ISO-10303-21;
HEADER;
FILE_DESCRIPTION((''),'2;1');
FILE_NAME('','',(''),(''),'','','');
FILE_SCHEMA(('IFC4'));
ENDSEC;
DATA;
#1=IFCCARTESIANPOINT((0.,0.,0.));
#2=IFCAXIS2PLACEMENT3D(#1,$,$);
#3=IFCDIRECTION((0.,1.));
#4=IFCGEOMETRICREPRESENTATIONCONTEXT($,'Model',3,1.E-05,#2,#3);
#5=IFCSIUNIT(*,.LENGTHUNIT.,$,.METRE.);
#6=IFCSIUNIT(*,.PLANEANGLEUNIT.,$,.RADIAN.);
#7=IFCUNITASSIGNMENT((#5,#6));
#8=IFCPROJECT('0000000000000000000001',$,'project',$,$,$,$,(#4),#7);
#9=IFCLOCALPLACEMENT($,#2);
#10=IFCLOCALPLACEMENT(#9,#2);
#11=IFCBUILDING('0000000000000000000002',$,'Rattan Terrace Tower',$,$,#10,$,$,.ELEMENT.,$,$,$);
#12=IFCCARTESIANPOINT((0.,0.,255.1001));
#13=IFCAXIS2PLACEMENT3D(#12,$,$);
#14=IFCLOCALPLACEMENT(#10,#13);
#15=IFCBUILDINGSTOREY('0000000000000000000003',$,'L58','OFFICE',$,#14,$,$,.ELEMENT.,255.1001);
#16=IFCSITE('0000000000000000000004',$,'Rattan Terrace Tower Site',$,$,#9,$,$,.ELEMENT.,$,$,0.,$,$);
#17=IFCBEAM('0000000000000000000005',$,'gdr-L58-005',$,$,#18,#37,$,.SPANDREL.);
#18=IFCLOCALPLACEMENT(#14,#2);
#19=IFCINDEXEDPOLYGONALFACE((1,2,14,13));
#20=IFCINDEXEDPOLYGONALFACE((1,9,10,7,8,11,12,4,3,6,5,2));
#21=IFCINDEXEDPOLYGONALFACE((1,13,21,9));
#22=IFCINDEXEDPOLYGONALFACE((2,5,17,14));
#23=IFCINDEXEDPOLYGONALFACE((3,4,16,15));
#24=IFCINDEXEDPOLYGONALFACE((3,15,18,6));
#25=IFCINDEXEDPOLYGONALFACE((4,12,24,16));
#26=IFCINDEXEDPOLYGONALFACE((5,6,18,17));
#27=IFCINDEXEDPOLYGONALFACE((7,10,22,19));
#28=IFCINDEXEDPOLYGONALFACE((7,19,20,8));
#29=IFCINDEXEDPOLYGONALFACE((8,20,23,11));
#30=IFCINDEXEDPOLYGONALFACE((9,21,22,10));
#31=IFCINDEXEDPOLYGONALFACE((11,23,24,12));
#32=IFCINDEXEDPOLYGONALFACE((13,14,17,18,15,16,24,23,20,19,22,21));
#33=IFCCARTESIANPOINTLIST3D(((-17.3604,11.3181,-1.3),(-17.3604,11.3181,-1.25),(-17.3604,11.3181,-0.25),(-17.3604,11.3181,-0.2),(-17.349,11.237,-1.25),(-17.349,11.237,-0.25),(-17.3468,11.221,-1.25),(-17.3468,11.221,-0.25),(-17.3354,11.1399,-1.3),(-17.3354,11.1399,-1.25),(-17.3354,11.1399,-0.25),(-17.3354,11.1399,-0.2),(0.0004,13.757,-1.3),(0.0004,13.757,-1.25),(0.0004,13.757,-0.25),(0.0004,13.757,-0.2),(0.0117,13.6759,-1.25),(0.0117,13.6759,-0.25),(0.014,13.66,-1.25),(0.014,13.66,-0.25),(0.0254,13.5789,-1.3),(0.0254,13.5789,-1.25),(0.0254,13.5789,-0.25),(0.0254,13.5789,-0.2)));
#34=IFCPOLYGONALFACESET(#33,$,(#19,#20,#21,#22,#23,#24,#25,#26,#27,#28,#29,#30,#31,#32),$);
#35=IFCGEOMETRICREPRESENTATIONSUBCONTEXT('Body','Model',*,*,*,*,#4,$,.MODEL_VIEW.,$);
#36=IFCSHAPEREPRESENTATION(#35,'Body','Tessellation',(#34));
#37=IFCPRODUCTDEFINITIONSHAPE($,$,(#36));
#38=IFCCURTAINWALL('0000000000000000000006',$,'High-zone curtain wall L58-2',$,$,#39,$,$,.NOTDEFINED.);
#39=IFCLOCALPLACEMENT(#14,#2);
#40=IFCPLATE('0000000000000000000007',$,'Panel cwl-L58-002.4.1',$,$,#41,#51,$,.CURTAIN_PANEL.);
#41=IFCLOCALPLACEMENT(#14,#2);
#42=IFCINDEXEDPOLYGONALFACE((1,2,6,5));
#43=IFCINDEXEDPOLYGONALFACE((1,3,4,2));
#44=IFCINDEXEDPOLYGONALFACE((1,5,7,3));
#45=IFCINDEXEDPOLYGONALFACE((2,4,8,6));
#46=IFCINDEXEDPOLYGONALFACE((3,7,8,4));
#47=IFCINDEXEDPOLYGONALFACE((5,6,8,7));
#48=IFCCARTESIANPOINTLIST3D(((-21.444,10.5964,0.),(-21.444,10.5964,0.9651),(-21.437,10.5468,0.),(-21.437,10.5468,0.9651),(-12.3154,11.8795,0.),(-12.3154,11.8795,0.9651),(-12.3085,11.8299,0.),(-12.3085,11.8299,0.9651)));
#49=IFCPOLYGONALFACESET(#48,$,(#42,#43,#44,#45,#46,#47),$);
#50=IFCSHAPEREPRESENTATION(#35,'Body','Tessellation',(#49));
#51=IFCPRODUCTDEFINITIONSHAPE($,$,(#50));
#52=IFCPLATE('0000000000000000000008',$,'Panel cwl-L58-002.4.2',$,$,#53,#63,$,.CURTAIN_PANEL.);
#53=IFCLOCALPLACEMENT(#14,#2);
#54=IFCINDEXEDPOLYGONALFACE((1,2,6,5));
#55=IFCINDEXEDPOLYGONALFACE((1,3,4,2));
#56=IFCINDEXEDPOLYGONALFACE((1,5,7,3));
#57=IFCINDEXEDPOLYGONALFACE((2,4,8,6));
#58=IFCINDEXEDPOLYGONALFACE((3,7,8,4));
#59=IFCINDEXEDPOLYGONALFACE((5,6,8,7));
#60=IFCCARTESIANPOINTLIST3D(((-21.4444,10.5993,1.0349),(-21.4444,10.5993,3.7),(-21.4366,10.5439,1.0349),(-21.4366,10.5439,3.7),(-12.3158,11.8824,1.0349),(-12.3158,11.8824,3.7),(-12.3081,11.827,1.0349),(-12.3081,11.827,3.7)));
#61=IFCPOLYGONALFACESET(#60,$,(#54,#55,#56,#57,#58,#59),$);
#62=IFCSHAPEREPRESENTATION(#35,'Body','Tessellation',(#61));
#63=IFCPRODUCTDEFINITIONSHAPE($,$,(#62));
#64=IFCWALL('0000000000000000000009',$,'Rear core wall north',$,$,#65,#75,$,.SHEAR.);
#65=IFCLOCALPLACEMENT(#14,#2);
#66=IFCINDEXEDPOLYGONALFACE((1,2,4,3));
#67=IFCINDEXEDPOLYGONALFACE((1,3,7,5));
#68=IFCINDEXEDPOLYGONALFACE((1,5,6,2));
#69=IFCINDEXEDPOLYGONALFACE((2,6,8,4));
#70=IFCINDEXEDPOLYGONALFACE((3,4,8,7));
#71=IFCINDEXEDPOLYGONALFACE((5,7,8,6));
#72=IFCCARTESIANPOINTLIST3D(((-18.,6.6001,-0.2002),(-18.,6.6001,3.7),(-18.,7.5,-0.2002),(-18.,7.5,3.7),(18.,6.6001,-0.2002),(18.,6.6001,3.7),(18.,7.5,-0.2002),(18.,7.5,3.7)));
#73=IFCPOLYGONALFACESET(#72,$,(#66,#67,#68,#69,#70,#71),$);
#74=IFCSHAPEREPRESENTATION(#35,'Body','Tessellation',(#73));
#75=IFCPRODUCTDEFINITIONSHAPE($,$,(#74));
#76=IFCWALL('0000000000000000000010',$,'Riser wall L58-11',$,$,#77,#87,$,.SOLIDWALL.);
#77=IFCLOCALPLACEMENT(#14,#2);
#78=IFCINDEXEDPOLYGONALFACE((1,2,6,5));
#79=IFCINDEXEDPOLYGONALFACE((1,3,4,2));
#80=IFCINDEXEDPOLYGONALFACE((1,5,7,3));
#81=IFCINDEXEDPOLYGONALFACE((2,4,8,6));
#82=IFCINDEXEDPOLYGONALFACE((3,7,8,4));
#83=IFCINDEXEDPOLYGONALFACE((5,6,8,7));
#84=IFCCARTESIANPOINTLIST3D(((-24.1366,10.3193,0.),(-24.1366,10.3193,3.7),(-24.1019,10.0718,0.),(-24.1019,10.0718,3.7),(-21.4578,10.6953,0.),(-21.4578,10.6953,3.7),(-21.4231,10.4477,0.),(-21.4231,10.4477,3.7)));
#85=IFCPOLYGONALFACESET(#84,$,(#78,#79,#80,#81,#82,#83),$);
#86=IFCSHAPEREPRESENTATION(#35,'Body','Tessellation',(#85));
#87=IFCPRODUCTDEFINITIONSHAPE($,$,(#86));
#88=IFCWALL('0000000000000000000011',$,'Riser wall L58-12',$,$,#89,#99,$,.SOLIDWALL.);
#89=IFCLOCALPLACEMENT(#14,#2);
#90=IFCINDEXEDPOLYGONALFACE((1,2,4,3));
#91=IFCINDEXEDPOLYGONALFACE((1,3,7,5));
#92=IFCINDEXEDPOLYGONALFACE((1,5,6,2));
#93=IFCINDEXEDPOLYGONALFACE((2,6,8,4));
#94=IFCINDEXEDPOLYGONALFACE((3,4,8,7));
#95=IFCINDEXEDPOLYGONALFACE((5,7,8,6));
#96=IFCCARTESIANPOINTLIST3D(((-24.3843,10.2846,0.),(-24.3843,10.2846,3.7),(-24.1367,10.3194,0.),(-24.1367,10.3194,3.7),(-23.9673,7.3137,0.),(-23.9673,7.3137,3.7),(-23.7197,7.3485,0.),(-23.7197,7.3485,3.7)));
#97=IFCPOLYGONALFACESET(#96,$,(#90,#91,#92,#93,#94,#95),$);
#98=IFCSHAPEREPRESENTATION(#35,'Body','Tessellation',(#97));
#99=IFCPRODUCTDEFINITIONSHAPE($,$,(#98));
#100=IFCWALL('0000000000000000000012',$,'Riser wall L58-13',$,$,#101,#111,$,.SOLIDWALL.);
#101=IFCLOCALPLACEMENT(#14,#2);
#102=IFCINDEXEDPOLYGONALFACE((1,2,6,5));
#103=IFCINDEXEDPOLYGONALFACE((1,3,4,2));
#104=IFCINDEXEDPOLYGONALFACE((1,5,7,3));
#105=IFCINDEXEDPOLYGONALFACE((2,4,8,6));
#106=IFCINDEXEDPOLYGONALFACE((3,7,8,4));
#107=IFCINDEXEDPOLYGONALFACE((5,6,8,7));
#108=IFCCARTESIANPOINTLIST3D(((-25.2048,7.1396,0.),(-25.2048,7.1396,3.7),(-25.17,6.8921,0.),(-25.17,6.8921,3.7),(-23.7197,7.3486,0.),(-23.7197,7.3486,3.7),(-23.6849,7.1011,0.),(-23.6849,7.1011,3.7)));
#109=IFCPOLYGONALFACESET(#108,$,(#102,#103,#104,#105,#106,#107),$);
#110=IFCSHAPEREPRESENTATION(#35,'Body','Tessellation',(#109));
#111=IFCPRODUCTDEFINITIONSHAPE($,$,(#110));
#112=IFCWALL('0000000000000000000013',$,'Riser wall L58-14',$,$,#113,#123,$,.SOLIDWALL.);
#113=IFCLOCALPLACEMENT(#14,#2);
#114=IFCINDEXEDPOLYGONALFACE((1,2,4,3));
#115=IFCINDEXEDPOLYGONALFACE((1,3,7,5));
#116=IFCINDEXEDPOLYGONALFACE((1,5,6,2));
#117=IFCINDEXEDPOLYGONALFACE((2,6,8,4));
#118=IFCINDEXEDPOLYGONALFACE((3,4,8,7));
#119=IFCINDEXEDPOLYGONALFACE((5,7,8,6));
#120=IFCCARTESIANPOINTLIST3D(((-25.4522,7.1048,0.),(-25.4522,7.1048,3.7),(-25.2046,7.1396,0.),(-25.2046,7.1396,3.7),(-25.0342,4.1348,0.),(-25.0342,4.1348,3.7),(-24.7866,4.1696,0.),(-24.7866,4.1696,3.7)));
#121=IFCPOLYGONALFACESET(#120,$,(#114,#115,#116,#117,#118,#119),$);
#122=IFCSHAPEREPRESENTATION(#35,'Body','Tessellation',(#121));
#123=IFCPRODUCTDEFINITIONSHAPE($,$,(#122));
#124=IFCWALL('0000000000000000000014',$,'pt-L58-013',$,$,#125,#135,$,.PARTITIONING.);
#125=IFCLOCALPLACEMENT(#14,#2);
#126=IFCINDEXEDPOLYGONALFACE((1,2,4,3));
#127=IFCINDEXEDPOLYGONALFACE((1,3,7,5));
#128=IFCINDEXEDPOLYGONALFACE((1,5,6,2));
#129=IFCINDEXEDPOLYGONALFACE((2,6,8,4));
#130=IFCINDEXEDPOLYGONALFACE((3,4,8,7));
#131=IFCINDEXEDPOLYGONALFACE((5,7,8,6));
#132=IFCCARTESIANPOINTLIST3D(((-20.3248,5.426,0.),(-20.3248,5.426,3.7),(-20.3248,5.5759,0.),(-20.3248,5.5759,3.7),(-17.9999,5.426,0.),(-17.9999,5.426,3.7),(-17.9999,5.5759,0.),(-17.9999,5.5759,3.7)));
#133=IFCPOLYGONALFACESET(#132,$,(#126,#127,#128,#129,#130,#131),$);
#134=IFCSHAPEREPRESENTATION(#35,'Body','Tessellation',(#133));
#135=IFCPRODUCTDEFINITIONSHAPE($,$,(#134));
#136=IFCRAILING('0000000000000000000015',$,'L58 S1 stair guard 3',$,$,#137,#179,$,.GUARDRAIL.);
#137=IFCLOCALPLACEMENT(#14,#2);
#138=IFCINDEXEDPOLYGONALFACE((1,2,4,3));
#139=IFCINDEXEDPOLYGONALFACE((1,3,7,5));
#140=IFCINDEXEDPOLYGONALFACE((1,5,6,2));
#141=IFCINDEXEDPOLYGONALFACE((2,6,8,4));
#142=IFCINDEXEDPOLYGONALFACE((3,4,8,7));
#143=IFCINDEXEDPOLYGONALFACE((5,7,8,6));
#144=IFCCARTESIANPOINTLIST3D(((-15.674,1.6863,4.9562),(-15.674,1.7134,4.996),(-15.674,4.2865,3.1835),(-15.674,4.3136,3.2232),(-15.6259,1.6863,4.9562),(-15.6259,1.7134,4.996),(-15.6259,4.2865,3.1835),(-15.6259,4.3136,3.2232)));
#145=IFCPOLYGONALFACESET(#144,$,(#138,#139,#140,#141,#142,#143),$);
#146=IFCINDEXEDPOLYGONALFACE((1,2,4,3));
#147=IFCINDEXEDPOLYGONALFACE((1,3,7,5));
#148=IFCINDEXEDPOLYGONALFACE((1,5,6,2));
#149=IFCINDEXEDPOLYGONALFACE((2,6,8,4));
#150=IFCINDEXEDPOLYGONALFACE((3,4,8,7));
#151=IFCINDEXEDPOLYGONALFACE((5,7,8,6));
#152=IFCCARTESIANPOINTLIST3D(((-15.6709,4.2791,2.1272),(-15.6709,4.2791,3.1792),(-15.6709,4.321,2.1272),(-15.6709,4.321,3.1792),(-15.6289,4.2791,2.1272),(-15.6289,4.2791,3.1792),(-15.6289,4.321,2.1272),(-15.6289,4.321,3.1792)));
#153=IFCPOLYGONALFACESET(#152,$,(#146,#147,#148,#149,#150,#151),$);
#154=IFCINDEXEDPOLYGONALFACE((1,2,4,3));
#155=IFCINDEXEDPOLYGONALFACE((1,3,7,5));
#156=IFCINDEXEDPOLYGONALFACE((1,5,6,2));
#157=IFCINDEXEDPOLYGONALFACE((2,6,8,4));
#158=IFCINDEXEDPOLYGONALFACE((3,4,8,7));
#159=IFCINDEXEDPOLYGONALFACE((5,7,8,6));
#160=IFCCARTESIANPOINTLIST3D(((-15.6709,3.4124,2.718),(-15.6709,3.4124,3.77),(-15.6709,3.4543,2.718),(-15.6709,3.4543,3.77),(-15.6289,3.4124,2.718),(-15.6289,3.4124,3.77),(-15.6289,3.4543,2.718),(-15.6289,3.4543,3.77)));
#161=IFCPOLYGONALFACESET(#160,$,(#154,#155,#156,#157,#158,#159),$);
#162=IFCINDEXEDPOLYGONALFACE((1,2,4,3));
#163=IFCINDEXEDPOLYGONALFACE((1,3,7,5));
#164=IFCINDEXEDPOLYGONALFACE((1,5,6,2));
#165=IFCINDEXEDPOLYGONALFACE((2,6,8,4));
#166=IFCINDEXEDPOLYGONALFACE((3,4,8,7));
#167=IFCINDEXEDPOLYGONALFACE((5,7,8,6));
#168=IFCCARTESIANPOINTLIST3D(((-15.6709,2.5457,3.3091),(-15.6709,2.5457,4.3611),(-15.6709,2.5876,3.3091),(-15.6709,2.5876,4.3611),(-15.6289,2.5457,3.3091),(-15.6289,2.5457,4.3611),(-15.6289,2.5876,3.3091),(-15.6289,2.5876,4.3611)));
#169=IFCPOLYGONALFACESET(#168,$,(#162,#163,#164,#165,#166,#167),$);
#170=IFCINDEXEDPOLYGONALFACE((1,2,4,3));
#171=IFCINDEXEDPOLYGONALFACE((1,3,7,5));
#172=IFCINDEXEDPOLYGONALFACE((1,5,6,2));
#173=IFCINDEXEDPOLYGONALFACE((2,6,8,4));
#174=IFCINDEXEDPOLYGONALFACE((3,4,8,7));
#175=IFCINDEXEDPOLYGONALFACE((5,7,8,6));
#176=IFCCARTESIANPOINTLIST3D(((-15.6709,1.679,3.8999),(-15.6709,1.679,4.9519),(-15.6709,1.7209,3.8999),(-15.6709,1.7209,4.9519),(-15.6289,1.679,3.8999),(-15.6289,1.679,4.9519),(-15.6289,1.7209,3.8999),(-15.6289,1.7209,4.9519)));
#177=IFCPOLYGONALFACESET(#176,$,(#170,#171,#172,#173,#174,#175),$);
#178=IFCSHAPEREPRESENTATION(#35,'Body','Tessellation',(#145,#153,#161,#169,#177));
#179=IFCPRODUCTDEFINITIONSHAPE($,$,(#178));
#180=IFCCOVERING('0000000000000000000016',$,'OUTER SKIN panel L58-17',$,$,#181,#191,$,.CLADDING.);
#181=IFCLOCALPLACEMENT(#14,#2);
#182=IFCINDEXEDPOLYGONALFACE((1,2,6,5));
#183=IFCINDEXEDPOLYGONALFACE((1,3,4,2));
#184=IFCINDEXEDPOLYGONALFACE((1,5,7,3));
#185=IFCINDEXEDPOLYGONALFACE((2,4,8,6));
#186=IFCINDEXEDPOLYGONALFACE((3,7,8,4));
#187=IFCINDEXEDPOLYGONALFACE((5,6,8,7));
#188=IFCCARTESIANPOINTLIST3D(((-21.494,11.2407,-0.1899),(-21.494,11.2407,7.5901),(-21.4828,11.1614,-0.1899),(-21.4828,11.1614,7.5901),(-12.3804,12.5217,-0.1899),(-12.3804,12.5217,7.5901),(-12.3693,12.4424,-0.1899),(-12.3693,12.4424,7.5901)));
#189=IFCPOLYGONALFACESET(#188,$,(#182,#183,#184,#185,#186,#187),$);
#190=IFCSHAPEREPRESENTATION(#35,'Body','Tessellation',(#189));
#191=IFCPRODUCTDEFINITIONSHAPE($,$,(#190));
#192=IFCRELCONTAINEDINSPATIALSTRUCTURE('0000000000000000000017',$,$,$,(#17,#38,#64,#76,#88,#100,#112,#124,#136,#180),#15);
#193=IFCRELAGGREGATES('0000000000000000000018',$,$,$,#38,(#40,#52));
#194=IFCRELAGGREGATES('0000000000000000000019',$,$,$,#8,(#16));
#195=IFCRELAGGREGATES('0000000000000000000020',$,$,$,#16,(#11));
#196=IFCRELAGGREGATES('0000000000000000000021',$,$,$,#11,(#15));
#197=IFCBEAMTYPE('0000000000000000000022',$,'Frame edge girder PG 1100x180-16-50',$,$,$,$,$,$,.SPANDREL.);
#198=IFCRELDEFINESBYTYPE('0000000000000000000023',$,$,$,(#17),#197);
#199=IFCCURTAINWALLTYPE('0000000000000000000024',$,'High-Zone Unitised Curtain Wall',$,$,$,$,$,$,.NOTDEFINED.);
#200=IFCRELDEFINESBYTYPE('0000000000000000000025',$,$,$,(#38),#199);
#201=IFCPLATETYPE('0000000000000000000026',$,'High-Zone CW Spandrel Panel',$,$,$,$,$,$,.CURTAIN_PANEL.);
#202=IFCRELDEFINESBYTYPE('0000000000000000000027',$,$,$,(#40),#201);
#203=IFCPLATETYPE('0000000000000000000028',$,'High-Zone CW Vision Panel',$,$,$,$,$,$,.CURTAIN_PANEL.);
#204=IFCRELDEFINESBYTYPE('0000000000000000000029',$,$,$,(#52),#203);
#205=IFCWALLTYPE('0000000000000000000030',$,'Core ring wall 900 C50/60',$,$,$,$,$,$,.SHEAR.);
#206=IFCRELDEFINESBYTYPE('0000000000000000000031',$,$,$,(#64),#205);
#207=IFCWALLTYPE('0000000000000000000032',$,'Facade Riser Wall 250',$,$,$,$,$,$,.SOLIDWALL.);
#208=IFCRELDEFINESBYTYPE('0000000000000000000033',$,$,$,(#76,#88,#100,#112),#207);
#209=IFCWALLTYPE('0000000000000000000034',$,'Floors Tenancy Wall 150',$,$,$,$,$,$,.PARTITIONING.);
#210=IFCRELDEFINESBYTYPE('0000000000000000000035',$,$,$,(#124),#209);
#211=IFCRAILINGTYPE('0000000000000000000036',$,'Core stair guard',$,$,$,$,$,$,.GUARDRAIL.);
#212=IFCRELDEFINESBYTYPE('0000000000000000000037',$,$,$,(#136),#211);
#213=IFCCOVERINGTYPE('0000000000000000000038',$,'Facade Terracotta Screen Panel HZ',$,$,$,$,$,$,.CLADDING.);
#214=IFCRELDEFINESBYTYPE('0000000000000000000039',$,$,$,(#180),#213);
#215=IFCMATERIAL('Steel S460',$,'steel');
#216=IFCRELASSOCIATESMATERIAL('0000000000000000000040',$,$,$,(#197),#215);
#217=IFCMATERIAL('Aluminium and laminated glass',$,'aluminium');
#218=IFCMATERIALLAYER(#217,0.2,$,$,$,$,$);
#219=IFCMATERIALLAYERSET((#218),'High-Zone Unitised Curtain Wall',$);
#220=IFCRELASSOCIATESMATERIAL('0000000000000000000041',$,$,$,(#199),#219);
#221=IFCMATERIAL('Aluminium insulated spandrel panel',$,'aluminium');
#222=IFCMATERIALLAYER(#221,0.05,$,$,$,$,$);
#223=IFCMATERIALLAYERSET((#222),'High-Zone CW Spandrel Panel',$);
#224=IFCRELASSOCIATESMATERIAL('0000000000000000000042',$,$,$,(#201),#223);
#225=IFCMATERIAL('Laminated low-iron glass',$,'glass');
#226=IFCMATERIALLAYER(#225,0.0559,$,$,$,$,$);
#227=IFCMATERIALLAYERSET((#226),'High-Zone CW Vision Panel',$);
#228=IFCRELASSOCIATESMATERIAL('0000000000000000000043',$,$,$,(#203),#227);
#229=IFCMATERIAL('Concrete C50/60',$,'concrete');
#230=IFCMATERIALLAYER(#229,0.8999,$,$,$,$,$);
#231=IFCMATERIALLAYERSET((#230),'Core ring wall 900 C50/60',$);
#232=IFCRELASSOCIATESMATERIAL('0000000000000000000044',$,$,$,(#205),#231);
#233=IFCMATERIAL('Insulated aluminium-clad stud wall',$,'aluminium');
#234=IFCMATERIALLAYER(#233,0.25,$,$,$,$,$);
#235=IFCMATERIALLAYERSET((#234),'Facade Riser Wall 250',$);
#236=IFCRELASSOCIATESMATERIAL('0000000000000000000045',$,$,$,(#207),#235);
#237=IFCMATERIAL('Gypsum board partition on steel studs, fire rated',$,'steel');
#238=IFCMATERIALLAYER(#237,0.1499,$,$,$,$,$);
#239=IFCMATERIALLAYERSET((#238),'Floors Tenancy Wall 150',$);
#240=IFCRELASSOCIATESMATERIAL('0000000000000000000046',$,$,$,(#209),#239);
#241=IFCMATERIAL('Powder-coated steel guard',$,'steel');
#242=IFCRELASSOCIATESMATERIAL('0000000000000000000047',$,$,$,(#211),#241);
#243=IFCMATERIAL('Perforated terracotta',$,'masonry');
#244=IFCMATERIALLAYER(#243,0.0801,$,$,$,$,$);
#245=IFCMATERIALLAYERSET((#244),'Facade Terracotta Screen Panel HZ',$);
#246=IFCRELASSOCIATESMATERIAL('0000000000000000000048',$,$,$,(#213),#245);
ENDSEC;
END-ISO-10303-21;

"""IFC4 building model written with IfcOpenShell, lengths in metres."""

from ifc_helpers import new_model, si_unit, direction, frame, frame_2d, origin, origin_2d, place, context, subcontext, project, spatial, rectangle, i_section, extrude, material, layer, layer_set, material_profile, profile_set, type_object, element, aggregate, save


model = new_model("IFC4")

# Units and contexts
model_context = context("Model", 3, precision=1e-05, world=origin(), true_north=direction((0.0, 1.0)))
body_context = subcontext(model_context, "Body", "Model", "MODEL_VIEW")
ifc_project = project(units=[si_unit("LENGTHUNIT", "METRE"), si_unit("PLANEANGLEUNIT", "RADIAN")], contexts=[model_context])

# Site, building, storey
site_placement = place(None, origin())
site = spatial("IfcSite", under=ifc_project, at=site_placement, Name="Rattan Terrace Tower Site", CompositionType="ELEMENT", RefElevation=0.0)
building_placement = place(site_placement, origin())
building = spatial("IfcBuilding", under=site, at=building_placement, Name="Rattan Terrace Tower", CompositionType="ELEMENT")
storey_placement = place(building_placement, frame((0.0, 0.0, 255.1001)))
storey = spatial("IfcBuildingStorey", under=building, at=storey_placement, Name="L58", Description="OFFICE", CompositionType="ELEMENT", Elevation=255.1001)

# Beam
ifc_material_1 = material(Name="Steel S460", Category="steel")
ifc_material_profile = material_profile(ifc_material_1, i_section(OverallWidth=0.1799, OverallDepth=1.1001, WebThickness=0.0161, FlangeThickness=0.05, at=origin_2d()), Name="PG 1100x180-16-50")
ifc_profile_set = profile_set([ifc_material_profile], Name="Steel S460")
beam_type = type_object("IfcBeamType", Name="Frame edge girder PG 1100x180-16-50", PredefinedType="SPANDREL", material=ifc_profile_set)
beam_placement = place(storey_placement, frame((-17.3479, 11.229, -0.75), z_axis=(0.990275, 0.13912, 0.0), x_axis=(-0.13912, 0.990275, 0.0)))
element("IfcBeam", 1, at=beam_placement, inside=storey, type_object=beam_type, Name="gdr-L58-005", PredefinedType="SPANDREL", context=body_context, shape_type="SweptSolid", body=[
    extrude(i_section(OverallWidth=0.1799, OverallDepth=1.1001, WebThickness=0.0161, FlangeThickness=0.05, at=origin_2d()), origin(), (0.0, 0.0, 1.0), 17.5312),
])

# Curtain wall, plates
ifc_material_2 = material(Name="Aluminium and laminated glass", Category="aluminium")
ifc_layer_1 = layer(ifc_material_2, 0.2)
ifc_layer_set_1 = layer_set([ifc_layer_1], Name="High-Zone Unitised Curtain Wall")
curtain_wall_type = type_object("IfcCurtainWallType", Name="High-Zone Unitised Curtain Wall", PredefinedType="NOTDEFINED", material=ifc_layer_set_1)
curtain_wall_placement = place(storey_placement, origin())
curtain_wall = element("IfcCurtainWall", 2, at=curtain_wall_placement, inside=storey, type_object=curtain_wall_type, Name="High-zone curtain wall L58-2", PredefinedType="NOTDEFINED")
ifc_material_3 = material(Name="Aluminium insulated spandrel panel", Category="aluminium")
ifc_layer_2 = layer(ifc_material_3, 0.05)
ifc_layer_set_2 = layer_set([ifc_layer_2], Name="High-Zone CW Spandrel Panel")
plate_type_1 = type_object("IfcPlateType", Name="High-Zone CW Spandrel Panel", PredefinedType="CURTAIN_PANEL", material=ifc_layer_set_2)
plate_1_placement = place(storey_placement, frame((-16.8762, 11.2131, 0.0), z_axis=(0.0, 0.0, 1.0), x_axis=(-0.990266, -0.139189, 0.0)))
plate_1 = element("IfcPlate", 3, at=plate_1_placement, type_object=plate_type_1, Name="Panel cwl-L58-002.4.1", PredefinedType="CURTAIN_PANEL", context=body_context, shape_type="SweptSolid", body=[
    extrude(rectangle(XDim=9.2183, YDim=0.05, at=origin_2d()), origin(), (0.0, 0.0, 1.0), 0.9651),
])
ifc_material_4 = material(Name="Laminated low-iron glass", Category="glass")
ifc_layer_3 = layer(ifc_material_4, 0.0559)
ifc_layer_set_3 = layer_set([ifc_layer_3], Name="High-Zone CW Vision Panel")
plate_type_2 = type_object("IfcPlateType", Name="High-Zone CW Vision Panel", PredefinedType="CURTAIN_PANEL", material=ifc_layer_set_3)
plate_2_placement = place(storey_placement, frame((-16.8762, 11.2131, 1.0349), z_axis=(0.0, 0.0, 1.0), x_axis=(-0.990266, -0.139189, 0.0)))
plate_2 = element("IfcPlate", 4, at=plate_2_placement, type_object=plate_type_2, Name="Panel cwl-L58-002.4.2", PredefinedType="CURTAIN_PANEL", context=body_context, shape_type="SweptSolid", body=[
    extrude(rectangle(XDim=9.2183, YDim=0.0559, at=origin_2d()), origin(), (0.0, 0.0, 1.0), 2.665),
])
aggregate(curtain_wall, [plate_1, plate_2])

# Walls
ifc_material_5 = material(Name="Concrete C50/60", Category="concrete")
ifc_layer_4 = layer(ifc_material_5, 0.8999)
ifc_layer_set_4 = layer_set([ifc_layer_4], Name="Core ring wall 900 C50/60")
wall_type_1 = type_object("IfcWallType", Name="Core ring wall 900 C50/60", PredefinedType="SHEAR", material=ifc_layer_set_4)
wall_1_placement = place(storey_placement, frame((-18.0, 7.05, -0.2002), z_axis=(0.0, 0.0, 1.0), x_axis=(1.0, 0.0, 0.0)))
element("IfcWall", 5, at=wall_1_placement, inside=storey, type_object=wall_type_1, Name="Rear core wall north", PredefinedType="SHEAR", context=body_context, shape_type="SweptSolid", body=[
    extrude(rectangle(XDim=36.0, YDim=0.8999, at=frame_2d((18.0, 0.0))), origin(), (0.0, 0.0, 1.0), 3.9001),
])
ifc_material_6 = material(Name="Insulated aluminium-clad stud wall", Category="aluminium")
ifc_layer_5 = layer(ifc_material_6, 0.25)
ifc_layer_set_5 = layer_set([ifc_layer_5], Name="Facade Riser Wall 250")
wall_type_2 = type_object("IfcWallType", Name="Facade Riser Wall 250", PredefinedType="SOLIDWALL", material=ifc_layer_set_5)
wall_2_placement = place(storey_placement, frame((-21.4404, 10.5715, 0.0), z_axis=(0.0, 0.0, 1.0), x_axis=(-0.990293, -0.138995, 0.0)))
element("IfcWall", 6, at=wall_2_placement, inside=storey, type_object=wall_type_2, Name="Riser wall L58-11", PredefinedType="SOLIDWALL", context=body_context, shape_type="SweptSolid", body=[
    extrude(rectangle(XDim=2.7051, YDim=0.25, at=frame_2d((1.3525, 0.0))), origin(), (0.0, 0.0, 1.0), 3.7),
])
wall_3_placement = place(storey_placement, frame((-24.2605, 10.302, 0.0), z_axis=(0.0, 0.0, 1.0), x_axis=(0.138994, -0.990293, 0.0)))
element("IfcWall", 7, at=wall_3_placement, inside=storey, type_object=wall_type_2, Name="Riser wall L58-12", PredefinedType="SOLIDWALL", context=body_context, shape_type="SweptSolid", body=[
    extrude(rectangle(XDim=3.0, YDim=0.25, at=frame_2d((1.5, 0.0))), origin(), (0.0, 0.0, 1.0), 3.7),
])
wall_4_placement = place(storey_placement, frame((-23.7021, 7.2249, 0.0), z_axis=(0.0, 0.0, 1.0), x_axis=(-0.990244, -0.139347, 0.0)))
element("IfcWall", 8, at=wall_4_placement, inside=storey, type_object=wall_type_2, Name="Riser wall L58-13", PredefinedType="SOLIDWALL", context=body_context, shape_type="SweptSolid", body=[
    extrude(rectangle(XDim=1.4998, YDim=0.25, at=frame_2d((0.75, 0.0))), origin(), (0.0, 0.0, 1.0), 3.7),
])
wall_5_placement = place(storey_placement, frame((-25.3284, 7.1221, 0.0), z_axis=(0.0, 0.0, 1.0), x_axis=(0.139358, -0.990242, 0.0)))
element("IfcWall", 9, at=wall_5_placement, inside=storey, type_object=wall_type_2, Name="Riser wall L58-14", PredefinedType="SOLIDWALL", context=body_context, shape_type="SweptSolid", body=[
    extrude(rectangle(XDim=2.9993, YDim=0.25, at=frame_2d((1.4995, 0.0))), origin(), (0.0, 0.0, 1.0), 3.7),
])
ifc_material_7 = material(Name="Gypsum board partition on steel studs, fire rated", Category="steel")
ifc_layer_6 = layer(ifc_material_7, 0.1499)
ifc_layer_set_6 = layer_set([ifc_layer_6], Name="Floors Tenancy Wall 150")
wall_type_3 = type_object("IfcWallType", Name="Floors Tenancy Wall 150", PredefinedType="PARTITIONING", material=ifc_layer_set_6)
wall_6_placement = place(storey_placement, frame((-20.325, 5.501, 0.0), z_axis=(0.0, 0.0, 1.0), x_axis=(1.0, 0.0, 0.0)))
element("IfcWall", 10, at=wall_6_placement, inside=storey, type_object=wall_type_3, Name="pt-L58-013", PredefinedType="PARTITIONING", context=body_context, shape_type="SweptSolid", body=[
    extrude(rectangle(XDim=2.325, YDim=0.1499, at=frame_2d((1.1626, 0.0))), origin(), (0.0, 0.0, 1.0), 3.7),
])

# Railing
ifc_material_8 = material(Name="Powder-coated steel guard", Category="steel")
railing_type = type_object("IfcRailingType", Name="Core stair guard", PredefinedType="GUARDRAIL", material=ifc_material_8)
railing_placement = place(storey_placement, frame((-15.6499, 4.3, 2.1272)))
element("IfcRailing", 11, at=railing_placement, inside=storey, type_object=railing_type, Name="L58 S1 stair guard 3", PredefinedType="GUARDRAIL", context=body_context, shape_type="SweptSolid", body=[
    extrude(rectangle(XDim=0.0481, YDim=0.0481, at=origin_2d()), frame((0.0, 0.0, 1.0762), z_axis=(0.0, -0.82624, 0.563318), x_axis=(1.0, 0.0, 0.0)), (0.0, 0.0, 1.0), 3.147),
    extrude(rectangle(XDim=0.042, YDim=0.042, at=origin_2d()), origin(), (0.0, 0.0, 1.0), 1.052),
    extrude(rectangle(XDim=0.042, YDim=0.042, at=origin_2d()), frame((0.0, -0.8667, 0.5908)), (0.0, 0.0, 1.0), 1.052),
    extrude(rectangle(XDim=0.042, YDim=0.042, at=origin_2d()), frame((0.0, -1.7334, 1.1819)), (0.0, 0.0, 1.0), 1.052),
    extrude(rectangle(XDim=0.042, YDim=0.042, at=origin_2d()), frame((0.0, -2.6001, 1.7727)), (0.0, 0.0, 1.0), 1.052),
])

# Covering
ifc_material_9 = material(Name="Perforated terracotta", Category="masonry")
ifc_layer_7 = layer(ifc_material_9, 0.0801)
ifc_layer_set_7 = layer_set([ifc_layer_7], Name="Facade Terracotta Screen Panel HZ")
covering_type = type_object("IfcCoveringType", Name="Facade Terracotta Screen Panel HZ", PredefinedType="CLADDING", material=ifc_layer_set_7)
covering_1_placement = place(storey_placement, frame((-16.9316, 11.8416, -0.1899), z_axis=(0.0, 0.0, 1.0), x_axis=(-0.990266, -0.139189, 0.0)))
element("IfcCovering", 12, at=covering_1_placement, inside=storey, type_object=covering_type, Name="OUTER SKIN panel L58-17", PredefinedType="CLADDING", context=body_context, shape_type="SweptSolid", body=[
    extrude(rectangle(XDim=9.2031, YDim=0.0801, at=origin_2d()), origin(), (0.0, 0.0, 1.0), 7.78),
])

save(model, "model.ifc")
